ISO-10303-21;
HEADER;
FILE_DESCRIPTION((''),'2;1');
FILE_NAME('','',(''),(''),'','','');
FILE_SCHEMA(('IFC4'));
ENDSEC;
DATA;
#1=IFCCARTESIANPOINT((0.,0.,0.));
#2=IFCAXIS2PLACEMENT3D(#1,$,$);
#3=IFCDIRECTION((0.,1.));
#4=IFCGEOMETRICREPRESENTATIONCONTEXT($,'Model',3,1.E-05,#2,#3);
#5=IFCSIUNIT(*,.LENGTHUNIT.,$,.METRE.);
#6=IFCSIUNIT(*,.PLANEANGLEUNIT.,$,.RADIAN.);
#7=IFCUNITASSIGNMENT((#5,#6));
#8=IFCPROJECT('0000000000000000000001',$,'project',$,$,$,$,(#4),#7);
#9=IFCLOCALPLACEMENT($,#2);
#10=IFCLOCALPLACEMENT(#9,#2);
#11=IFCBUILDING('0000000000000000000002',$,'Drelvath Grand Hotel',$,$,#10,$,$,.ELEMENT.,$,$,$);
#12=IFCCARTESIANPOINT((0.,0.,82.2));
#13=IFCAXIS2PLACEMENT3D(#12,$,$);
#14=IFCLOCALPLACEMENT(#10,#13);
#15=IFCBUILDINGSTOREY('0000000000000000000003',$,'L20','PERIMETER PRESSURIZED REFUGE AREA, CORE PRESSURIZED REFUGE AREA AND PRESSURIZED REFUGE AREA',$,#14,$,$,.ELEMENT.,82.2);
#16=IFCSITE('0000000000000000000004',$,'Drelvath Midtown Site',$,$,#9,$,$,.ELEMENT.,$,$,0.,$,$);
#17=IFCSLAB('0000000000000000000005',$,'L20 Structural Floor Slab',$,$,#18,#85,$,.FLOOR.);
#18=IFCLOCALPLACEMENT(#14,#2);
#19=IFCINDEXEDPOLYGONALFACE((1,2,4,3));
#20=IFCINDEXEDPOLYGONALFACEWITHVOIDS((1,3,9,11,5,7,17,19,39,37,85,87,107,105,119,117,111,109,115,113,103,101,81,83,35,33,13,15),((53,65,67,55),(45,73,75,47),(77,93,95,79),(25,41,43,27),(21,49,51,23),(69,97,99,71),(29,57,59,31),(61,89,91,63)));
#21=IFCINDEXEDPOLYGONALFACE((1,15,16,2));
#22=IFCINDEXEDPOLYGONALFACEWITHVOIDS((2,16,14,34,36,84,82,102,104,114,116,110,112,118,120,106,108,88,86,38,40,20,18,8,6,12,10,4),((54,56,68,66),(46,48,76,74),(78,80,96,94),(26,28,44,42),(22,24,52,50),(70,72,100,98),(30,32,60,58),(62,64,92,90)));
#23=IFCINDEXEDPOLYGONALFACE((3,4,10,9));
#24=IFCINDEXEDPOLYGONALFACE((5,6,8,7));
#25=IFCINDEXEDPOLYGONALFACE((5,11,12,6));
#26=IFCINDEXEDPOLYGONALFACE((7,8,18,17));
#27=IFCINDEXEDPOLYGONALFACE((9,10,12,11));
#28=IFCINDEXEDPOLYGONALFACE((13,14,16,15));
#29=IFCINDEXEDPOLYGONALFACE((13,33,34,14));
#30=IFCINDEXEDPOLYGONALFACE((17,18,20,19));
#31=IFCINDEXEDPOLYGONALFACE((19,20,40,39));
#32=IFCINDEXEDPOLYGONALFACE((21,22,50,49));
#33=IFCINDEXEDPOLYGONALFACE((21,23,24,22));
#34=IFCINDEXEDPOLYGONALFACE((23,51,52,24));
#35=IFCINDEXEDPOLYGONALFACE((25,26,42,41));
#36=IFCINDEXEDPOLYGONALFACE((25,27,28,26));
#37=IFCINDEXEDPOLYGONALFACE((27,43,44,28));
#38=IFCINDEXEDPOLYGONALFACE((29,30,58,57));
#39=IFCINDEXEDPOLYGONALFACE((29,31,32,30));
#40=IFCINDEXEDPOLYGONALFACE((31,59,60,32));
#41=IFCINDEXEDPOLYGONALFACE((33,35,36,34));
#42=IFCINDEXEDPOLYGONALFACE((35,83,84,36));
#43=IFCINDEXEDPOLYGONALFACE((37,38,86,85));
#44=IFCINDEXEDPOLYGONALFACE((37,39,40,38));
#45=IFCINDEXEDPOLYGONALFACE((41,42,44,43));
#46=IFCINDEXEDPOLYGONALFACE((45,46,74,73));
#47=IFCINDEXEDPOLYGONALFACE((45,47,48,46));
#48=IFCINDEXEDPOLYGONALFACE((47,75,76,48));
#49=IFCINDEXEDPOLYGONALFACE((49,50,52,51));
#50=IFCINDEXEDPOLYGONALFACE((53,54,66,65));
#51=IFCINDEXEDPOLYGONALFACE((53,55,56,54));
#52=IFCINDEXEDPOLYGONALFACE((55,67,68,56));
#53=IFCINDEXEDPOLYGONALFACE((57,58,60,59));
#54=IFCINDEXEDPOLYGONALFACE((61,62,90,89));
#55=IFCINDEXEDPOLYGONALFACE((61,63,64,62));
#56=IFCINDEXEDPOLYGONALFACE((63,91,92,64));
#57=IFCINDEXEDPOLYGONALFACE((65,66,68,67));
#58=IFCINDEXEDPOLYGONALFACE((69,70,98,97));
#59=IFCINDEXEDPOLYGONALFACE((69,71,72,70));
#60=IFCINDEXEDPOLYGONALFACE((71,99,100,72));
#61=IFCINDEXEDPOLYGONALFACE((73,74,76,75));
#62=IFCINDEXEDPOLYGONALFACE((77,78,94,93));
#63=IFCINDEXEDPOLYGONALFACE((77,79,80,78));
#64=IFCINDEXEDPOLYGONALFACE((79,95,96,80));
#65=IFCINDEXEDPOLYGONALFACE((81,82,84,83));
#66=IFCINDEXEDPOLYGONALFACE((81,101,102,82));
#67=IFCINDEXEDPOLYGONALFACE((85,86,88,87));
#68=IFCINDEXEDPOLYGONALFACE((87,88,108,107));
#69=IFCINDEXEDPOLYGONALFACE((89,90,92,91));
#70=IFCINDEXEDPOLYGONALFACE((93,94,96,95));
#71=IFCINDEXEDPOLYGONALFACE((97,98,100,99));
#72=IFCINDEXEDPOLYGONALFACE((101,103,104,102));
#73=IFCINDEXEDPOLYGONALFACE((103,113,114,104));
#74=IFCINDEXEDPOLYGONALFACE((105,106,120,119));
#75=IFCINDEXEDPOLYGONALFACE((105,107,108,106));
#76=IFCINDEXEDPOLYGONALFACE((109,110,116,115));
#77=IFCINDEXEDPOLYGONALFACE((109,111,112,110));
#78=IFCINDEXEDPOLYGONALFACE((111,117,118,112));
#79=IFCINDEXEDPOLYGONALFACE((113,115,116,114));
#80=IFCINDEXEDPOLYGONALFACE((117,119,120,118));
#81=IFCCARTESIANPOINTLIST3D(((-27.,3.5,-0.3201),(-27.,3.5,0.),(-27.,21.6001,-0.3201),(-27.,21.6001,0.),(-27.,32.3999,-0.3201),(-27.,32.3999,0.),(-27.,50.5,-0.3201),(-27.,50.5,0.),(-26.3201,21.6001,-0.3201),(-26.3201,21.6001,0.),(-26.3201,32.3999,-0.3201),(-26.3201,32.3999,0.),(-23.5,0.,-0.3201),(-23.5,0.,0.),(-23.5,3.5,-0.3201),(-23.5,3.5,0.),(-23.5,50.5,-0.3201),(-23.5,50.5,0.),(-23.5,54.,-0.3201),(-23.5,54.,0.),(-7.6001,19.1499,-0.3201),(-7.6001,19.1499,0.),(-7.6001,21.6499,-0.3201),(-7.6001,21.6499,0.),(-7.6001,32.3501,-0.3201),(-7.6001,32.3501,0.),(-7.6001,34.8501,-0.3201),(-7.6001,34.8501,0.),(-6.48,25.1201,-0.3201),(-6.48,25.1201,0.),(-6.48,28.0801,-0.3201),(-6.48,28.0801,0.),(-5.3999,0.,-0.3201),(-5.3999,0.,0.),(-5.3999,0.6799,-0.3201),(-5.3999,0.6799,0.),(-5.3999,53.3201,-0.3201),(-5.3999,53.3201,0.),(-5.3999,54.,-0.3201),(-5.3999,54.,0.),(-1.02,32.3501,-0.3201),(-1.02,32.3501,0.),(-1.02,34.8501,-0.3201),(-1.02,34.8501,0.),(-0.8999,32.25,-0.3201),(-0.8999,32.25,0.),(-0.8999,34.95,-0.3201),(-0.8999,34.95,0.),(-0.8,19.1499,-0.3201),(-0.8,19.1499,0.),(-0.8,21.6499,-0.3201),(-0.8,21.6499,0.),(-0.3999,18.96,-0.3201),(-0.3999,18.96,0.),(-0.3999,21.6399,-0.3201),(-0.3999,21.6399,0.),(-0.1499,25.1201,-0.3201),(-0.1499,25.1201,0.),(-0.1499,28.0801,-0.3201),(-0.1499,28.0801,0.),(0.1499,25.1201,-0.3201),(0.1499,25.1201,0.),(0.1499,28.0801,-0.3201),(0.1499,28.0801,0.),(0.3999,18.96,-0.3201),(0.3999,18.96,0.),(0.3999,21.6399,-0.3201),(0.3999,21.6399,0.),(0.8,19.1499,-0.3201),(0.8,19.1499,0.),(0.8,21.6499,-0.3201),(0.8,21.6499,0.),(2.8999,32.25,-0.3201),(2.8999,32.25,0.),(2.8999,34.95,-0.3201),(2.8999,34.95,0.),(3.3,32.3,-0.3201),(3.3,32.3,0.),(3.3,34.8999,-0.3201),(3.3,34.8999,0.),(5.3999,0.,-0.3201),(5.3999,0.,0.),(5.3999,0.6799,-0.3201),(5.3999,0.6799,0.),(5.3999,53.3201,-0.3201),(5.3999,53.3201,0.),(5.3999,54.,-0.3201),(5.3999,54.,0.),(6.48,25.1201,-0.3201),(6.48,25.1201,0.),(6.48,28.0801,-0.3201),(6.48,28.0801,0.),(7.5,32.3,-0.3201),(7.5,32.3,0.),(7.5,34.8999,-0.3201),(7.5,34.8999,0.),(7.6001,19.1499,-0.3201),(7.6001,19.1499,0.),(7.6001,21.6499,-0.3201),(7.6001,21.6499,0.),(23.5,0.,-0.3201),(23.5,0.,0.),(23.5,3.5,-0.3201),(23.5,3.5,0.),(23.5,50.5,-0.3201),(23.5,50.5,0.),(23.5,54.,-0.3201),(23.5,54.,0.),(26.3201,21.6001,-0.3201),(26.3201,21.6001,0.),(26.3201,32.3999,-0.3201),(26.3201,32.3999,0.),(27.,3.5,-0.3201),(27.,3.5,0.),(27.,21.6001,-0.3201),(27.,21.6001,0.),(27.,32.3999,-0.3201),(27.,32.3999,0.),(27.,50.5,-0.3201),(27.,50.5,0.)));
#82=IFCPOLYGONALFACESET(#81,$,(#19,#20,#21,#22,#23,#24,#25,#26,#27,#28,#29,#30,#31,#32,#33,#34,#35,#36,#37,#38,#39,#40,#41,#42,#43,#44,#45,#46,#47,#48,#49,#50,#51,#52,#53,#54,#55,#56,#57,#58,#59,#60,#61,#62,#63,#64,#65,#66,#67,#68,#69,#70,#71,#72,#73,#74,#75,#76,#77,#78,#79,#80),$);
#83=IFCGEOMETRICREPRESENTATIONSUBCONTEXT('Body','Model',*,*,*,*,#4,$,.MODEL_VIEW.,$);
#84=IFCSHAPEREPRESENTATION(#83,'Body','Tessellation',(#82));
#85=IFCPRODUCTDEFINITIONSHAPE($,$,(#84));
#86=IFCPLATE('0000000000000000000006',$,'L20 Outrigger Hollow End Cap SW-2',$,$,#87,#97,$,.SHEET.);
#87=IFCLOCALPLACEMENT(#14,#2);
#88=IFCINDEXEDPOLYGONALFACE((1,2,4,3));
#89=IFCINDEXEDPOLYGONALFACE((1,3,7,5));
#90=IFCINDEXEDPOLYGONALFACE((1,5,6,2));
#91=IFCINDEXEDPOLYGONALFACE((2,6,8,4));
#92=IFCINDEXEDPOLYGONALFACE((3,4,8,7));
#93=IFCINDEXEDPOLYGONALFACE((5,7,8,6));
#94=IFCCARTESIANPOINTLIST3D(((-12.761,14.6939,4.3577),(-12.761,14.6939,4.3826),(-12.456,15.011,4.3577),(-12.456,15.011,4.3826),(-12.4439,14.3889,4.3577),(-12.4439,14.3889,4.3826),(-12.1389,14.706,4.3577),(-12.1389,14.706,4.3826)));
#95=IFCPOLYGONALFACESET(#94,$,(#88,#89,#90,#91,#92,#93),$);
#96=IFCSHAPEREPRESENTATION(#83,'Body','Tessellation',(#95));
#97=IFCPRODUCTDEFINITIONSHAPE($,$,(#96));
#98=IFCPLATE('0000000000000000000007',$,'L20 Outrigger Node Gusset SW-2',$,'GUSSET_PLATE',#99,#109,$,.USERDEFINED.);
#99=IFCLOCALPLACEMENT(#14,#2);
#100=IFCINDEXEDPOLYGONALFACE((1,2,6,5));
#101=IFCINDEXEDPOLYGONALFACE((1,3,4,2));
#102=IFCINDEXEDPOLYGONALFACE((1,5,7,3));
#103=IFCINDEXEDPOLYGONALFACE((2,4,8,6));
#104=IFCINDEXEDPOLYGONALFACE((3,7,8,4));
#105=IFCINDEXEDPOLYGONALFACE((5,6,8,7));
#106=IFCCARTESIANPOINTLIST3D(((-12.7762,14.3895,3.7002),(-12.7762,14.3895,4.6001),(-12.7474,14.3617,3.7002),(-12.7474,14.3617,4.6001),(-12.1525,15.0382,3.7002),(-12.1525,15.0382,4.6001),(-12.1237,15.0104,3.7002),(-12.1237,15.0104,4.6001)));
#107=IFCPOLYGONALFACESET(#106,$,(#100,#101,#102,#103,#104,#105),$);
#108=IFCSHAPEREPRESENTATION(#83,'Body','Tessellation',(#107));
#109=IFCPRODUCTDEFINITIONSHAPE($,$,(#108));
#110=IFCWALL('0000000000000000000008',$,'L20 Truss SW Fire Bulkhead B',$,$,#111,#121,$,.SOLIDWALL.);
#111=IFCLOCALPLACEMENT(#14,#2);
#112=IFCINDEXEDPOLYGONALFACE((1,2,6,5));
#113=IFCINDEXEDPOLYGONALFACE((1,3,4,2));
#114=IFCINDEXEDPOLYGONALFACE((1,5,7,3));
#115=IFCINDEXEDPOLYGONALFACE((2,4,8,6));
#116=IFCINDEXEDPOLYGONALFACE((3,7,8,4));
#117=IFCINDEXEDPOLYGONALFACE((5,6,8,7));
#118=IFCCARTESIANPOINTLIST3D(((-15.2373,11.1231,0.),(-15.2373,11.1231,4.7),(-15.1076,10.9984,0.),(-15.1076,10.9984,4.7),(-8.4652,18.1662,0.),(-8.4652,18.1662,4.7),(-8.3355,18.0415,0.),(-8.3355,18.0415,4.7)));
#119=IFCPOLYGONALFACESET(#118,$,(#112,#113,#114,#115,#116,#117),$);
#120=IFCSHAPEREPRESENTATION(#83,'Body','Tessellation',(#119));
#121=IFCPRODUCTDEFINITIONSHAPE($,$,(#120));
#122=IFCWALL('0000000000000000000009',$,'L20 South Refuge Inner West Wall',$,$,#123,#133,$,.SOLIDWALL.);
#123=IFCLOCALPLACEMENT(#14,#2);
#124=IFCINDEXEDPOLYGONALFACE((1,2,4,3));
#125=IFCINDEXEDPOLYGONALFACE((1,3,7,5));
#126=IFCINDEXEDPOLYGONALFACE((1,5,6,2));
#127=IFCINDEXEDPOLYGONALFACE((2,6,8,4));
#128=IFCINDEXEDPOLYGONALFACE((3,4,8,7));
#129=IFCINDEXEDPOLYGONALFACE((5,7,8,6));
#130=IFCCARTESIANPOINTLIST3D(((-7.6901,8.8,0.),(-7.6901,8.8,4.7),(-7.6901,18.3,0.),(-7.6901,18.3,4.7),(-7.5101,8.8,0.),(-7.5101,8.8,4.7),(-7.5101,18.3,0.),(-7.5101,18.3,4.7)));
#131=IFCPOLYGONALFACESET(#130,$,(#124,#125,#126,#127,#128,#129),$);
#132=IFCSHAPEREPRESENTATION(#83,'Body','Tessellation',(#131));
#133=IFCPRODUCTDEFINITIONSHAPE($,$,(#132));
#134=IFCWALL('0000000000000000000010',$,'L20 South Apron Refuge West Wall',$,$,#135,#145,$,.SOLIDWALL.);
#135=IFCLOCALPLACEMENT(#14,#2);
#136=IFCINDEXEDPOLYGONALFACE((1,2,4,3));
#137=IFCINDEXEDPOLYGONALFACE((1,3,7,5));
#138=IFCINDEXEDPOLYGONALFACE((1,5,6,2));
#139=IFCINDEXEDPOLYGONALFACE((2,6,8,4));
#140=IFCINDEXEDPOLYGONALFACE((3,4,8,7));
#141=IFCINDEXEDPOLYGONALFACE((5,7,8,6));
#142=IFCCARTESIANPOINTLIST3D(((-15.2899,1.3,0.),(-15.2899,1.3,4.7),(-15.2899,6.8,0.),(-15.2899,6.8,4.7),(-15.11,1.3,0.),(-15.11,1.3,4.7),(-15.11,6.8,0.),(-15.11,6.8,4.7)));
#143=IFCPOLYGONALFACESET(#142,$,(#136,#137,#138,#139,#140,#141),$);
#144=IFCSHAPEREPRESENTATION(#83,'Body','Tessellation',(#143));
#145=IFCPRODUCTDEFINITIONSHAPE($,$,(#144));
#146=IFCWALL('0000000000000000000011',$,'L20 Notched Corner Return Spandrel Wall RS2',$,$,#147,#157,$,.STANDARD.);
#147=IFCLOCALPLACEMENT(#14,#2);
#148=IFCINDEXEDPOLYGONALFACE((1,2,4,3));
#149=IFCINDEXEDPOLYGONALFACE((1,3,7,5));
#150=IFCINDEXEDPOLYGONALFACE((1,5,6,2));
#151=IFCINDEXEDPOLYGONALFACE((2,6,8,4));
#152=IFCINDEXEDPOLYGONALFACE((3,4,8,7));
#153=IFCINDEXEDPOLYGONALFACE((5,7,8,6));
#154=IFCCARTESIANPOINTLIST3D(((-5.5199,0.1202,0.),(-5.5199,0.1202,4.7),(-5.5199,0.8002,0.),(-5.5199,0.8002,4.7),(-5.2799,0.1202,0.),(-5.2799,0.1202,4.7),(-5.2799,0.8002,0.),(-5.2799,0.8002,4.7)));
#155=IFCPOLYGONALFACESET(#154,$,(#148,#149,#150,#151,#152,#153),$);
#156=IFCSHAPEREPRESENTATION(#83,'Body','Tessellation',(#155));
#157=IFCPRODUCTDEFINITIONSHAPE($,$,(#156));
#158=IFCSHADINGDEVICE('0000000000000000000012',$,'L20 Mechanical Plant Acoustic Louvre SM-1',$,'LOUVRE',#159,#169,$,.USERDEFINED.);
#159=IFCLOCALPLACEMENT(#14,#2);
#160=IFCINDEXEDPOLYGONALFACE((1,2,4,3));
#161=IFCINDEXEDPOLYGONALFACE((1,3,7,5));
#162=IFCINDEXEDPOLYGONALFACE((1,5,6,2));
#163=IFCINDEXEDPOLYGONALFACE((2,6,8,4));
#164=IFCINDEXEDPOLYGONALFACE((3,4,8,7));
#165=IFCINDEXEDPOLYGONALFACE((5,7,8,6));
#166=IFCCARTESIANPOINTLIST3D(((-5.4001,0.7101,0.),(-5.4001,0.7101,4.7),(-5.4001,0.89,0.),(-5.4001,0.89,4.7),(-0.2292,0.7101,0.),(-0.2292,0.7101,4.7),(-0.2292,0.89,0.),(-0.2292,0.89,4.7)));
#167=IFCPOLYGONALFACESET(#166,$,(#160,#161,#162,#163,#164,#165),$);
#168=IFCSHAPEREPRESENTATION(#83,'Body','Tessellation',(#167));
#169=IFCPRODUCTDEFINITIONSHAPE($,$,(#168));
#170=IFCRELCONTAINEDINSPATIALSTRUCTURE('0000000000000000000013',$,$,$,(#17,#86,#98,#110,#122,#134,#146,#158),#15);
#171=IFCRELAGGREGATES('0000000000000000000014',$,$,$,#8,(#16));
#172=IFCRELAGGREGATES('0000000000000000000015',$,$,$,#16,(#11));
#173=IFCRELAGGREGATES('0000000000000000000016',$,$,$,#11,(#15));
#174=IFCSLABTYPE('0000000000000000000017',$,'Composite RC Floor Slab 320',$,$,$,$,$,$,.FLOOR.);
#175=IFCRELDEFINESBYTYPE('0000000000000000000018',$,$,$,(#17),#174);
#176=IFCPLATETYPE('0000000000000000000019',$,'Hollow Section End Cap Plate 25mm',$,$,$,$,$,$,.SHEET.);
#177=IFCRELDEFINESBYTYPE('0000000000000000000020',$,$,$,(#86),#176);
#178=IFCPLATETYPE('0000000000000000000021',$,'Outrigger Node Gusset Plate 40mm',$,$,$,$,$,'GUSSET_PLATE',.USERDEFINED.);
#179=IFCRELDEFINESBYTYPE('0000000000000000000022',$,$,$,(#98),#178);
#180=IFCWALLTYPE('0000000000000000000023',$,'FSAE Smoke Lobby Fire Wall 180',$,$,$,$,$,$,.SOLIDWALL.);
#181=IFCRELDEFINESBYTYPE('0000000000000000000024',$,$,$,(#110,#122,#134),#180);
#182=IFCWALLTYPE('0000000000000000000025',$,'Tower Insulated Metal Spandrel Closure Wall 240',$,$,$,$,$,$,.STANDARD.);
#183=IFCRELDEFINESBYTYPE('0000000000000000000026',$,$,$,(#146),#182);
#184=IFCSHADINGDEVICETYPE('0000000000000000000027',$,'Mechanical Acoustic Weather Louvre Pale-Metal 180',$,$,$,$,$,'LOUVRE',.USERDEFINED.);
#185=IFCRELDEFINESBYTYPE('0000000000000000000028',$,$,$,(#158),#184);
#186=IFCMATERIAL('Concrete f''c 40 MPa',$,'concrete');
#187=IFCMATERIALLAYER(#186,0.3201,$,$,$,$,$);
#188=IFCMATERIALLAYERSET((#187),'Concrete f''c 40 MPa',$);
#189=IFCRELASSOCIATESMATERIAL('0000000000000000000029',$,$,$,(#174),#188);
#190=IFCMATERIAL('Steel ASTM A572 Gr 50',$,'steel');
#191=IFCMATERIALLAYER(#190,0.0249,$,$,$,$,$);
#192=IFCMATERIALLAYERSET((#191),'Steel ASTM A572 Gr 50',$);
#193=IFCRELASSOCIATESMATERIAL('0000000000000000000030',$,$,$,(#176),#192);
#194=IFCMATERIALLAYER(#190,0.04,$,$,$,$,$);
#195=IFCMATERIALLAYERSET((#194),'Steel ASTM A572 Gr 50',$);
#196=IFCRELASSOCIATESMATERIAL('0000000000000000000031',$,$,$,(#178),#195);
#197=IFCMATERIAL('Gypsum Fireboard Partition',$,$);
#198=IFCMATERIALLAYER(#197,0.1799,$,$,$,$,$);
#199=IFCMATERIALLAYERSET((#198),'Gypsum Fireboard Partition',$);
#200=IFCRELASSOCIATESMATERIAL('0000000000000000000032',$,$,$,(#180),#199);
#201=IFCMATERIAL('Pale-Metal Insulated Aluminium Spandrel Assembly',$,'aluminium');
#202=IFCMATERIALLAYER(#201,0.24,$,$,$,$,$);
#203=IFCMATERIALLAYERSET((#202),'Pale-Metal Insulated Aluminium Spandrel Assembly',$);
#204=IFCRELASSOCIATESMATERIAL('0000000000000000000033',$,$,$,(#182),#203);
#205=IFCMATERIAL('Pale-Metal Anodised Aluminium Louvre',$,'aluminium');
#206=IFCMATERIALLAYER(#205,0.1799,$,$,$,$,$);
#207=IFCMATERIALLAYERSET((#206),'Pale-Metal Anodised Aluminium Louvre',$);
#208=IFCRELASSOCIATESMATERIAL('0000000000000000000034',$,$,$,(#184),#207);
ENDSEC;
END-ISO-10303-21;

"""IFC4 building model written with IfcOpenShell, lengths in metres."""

from ifc_helpers import new_model, si_unit, direction, frame, frame_2d, origin, origin_2d, place, context, subcontext, project, spatial, polyline, rectangle, outline, extrude, material, layer, layer_set, type_object, element, save


model = new_model("IFC4")

# Units and contexts
model_context = context("Model", 3, precision=1e-05, world=origin(), true_north=direction((0.0, 1.0)))
body_context = subcontext(model_context, "Body", "Model", "MODEL_VIEW")
ifc_project = project(units=[si_unit("LENGTHUNIT", "METRE"), si_unit("PLANEANGLEUNIT", "RADIAN")], contexts=[model_context])

# Site, building, storey
site_placement = place(None, origin())
site = spatial("IfcSite", under=ifc_project, at=site_placement, Name="Drelvath Midtown Site", CompositionType="ELEMENT", RefElevation=0.0)
building_placement = place(site_placement, origin())
building = spatial("IfcBuilding", under=site, at=building_placement, Name="Drelvath Grand Hotel", CompositionType="ELEMENT")
storey_placement = place(building_placement, frame((0.0, 0.0, 82.2)))
storey = spatial("IfcBuildingStorey", under=building, at=storey_placement, Name="L20", Description="PERIMETER PRESSURIZED REFUGE AREA, CORE PRESSURIZED REFUGE AREA AND PRESSURIZED REFUGE AREA", CompositionType="ELEMENT", Elevation=82.2)

# Shared definitions
ifc_material_1 = material(Name="Steel ASTM A572 Gr 50", Category="steel")

# Slab
ifc_material_2 = material(Name="Concrete f'c 40 MPa", Category="concrete")
ifc_layer_1 = layer(ifc_material_2, 0.3201)
ifc_layer_set_1 = layer_set([ifc_layer_1], Name="Concrete f'c 40 MPa")
slab_type = type_object("IfcSlabType", Name="Composite RC Floor Slab 320", PredefinedType="FLOOR", material=ifc_layer_set_1)
slab_placement = place(storey_placement, frame((0.0, 0.0, -0.3201)))
element("IfcSlab", 1, at=slab_placement, inside=storey, type_object=slab_type, Name="L20 Structural Floor Slab", PredefinedType="FLOOR", context=body_context, shape_type="SweptSolid", body=[
    extrude(outline(polyline([(-23.5, 0.0), (-5.3999, 0.0), (-5.3999, 0.6799), (5.3999, 0.6799), (5.3999, 0.0), (23.5, 0.0), (23.5, 3.5), (27.0, 3.5), (27.0, 21.6001), (26.3201, 21.6001), (26.3201, 32.3999), (27.0, 32.3999), (27.0, 50.5), (23.5, 50.5), (23.5, 54.0), (5.3999, 54.0), (5.3999, 53.3201), (-5.3999, 53.3201), (-5.3999, 54.0), (-23.5, 54.0), (-23.5, 50.5), (-27.0, 50.5), (-27.0, 32.3999), (-26.3201, 32.3999), (-26.3201, 21.6001), (-27.0, 21.6001), (-27.0, 3.5), (-23.5, 3.5), (-23.5, 0.0)]), holes=[polyline([(-6.48, 25.1201), (-6.48, 28.0801), (-0.1499, 28.0801), (-0.1499, 25.1201), (-6.48, 25.1201)]), polyline([(0.1499, 25.1201), (0.1499, 28.0801), (6.48, 28.0801), (6.48, 25.1201), (0.1499, 25.1201)]), polyline([(-7.6001, 19.1499), (-7.6001, 21.6499), (-0.8, 21.6499), (-0.8, 19.1499), (-7.6001, 19.1499)]), polyline([(-0.3999, 18.96), (-0.3999, 21.6399), (0.3999, 21.6399), (0.3999, 18.96), (-0.3999, 18.96)]), polyline([(0.8, 19.1499), (0.8, 21.6499), (7.6001, 21.6499), (7.6001, 19.1499), (0.8, 19.1499)]), polyline([(-7.6001, 32.3501), (-7.6001, 34.8501), (-1.02, 34.8501), (-1.02, 32.3501), (-7.6001, 32.3501)]), polyline([(-0.8999, 32.25), (-0.8999, 34.95), (2.8999, 34.95), (2.8999, 32.25), (-0.8999, 32.25)]), polyline([(3.3, 32.3), (3.3, 34.8999), (7.5, 34.8999), (7.5, 32.3), (3.3, 32.3)])]), origin(), (0.0, 0.0, 1.0), 0.3201),
])

# Plates
ifc_layer_2 = layer(ifc_material_1, 0.0249)
ifc_layer_set_2 = layer_set([ifc_layer_2], Name="Steel ASTM A572 Gr 50")
plate_type_1 = type_object("IfcPlateType", Name="Hollow Section End Cap Plate 25mm", PredefinedType="SHEET", material=ifc_layer_set_2)
plate_1_placement = place(storey_placement, frame((-12.45, 14.7, 4.3577), z_axis=(0.0, 0.0, 1.0), x_axis=(-0.693109, -0.720833, 0.0)))
element("IfcPlate", 2, at=plate_1_placement, inside=storey, type_object=plate_type_1, Name="L20 Outrigger Hollow End Cap SW-2", PredefinedType="SHEET", context=body_context, shape_type="SweptSolid", body=[
    extrude(rectangle(XDim=0.4399, YDim=0.4399, at=origin_2d()), origin(), (0.0, 0.0, 1.0), 0.0249),
])
ifc_layer_3 = layer(ifc_material_1, 0.04)
ifc_layer_set_3 = layer_set([ifc_layer_3], Name="Steel ASTM A572 Gr 50")
plate_type_2 = type_object("IfcPlateType", Name="Outrigger Node Gusset Plate 40mm", ElementType="GUSSET_PLATE", PredefinedType="USERDEFINED", material=ifc_layer_set_3)
plate_2_placement = place(storey_placement, frame((-12.45, 14.7, 3.7002), z_axis=(0.0, 0.0, 1.0), x_axis=(-0.693109, -0.720833, 0.0)))
element("IfcPlate", 3, at=plate_2_placement, inside=storey, type_object=plate_type_2, Name="L20 Outrigger Node Gusset SW-2", ObjectType="GUSSET_PLATE", PredefinedType="USERDEFINED", context=body_context, shape_type="SweptSolid", body=[
    extrude(rectangle(XDim=0.8999, YDim=0.04, at=origin_2d()), origin(), (0.0, 0.0, 1.0), 0.8999),
])

# Walls
ifc_material_3 = material(Name="Gypsum Fireboard Partition")
ifc_layer_4 = layer(ifc_material_3, 0.1799)
ifc_layer_set_4 = layer_set([ifc_layer_4], Name="Gypsum Fireboard Partition")
wall_type_1 = type_object("IfcWallType", Name="FSAE Smoke Lobby Fire Wall 180", PredefinedType="SOLIDWALL", material=ifc_layer_set_4)
wall_1_placement = place(storey_placement, frame((-8.4004, 18.1038, 0.0), z_axis=(0.0, 0.0, 1.0), x_axis=(-0.693103, -0.720838, 0.0)))
element("IfcWall", 4, at=wall_1_placement, inside=storey, type_object=wall_type_1, Name="L20 Truss SW Fire Bulkhead B", PredefinedType="SOLIDWALL", context=body_context, shape_type="SweptSolid", body=[
    extrude(rectangle(XDim=9.7708, YDim=0.1799, at=frame_2d((4.8853, 0.0))), origin(), (0.0, 0.0, 1.0), 4.7),
])
wall_2_placement = place(storey_placement, frame((-7.6001, 8.8, 0.0), z_axis=(0.0, 0.0, 1.0), x_axis=(0.0, 1.0, 0.0)))
element("IfcWall", 5, at=wall_2_placement, inside=storey, type_object=wall_type_1, Name="L20 South Refuge Inner West Wall", PredefinedType="SOLIDWALL", context=body_context, shape_type="SweptSolid", body=[
    extrude(rectangle(XDim=9.5, YDim=0.1799, at=frame_2d((4.75, 0.0))), origin(), (0.0, 0.0, 1.0), 4.7),
])
wall_3_placement = place(storey_placement, frame((-15.2, 1.3, 0.0), z_axis=(0.0, 0.0, 1.0), x_axis=(0.0, 1.0, 0.0)))
element("IfcWall", 6, at=wall_3_placement, inside=storey, type_object=wall_type_1, Name="L20 South Apron Refuge West Wall", PredefinedType="SOLIDWALL", context=body_context, shape_type="SweptSolid", body=[
    extrude(rectangle(XDim=5.5, YDim=0.1799, at=frame_2d((2.75, 0.0))), origin(), (0.0, 0.0, 1.0), 4.7),
])
ifc_material_4 = material(Name="Pale-Metal Insulated Aluminium Spandrel Assembly", Category="aluminium")
ifc_layer_5 = layer(ifc_material_4, 0.24)
ifc_layer_set_5 = layer_set([ifc_layer_5], Name="Pale-Metal Insulated Aluminium Spandrel Assembly")
wall_type_2 = type_object("IfcWallType", Name="Tower Insulated Metal Spandrel Closure Wall 240", PredefinedType="STANDARD", material=ifc_layer_set_5)
wall_4_placement = place(storey_placement, frame((-5.3999, 0.8, 0.0), z_axis=(0.0, 0.0, 1.0), x_axis=(0.0, -1.0, 0.0)))
element("IfcWall", 7, at=wall_4_placement, inside=storey, type_object=wall_type_2, Name="L20 Notched Corner Return Spandrel Wall RS2", PredefinedType="STANDARD", context=body_context, shape_type="SweptSolid", body=[
    extrude(rectangle(XDim=0.6799, YDim=0.24, at=frame_2d((0.3398, 0.0))), origin(), (0.0, 0.0, 1.0), 4.7),
])

# Shading device
ifc_material_5 = material(Name="Pale-Metal Anodised Aluminium Louvre", Category="aluminium")
ifc_layer_6 = layer(ifc_material_5, 0.1799)
ifc_layer_set_6 = layer_set([ifc_layer_6], Name="Pale-Metal Anodised Aluminium Louvre")
shading_device_type = type_object("IfcShadingDeviceType", Name="Mechanical Acoustic Weather Louvre Pale-Metal 180", ElementType="LOUVRE", PredefinedType="USERDEFINED", material=ifc_layer_set_6)
shading_device_1_placement = place(storey_placement, frame((-2.8147, 0.8, 0.0), z_axis=(0.0, 0.0, 1.0), x_axis=(1.0, 0.0, 0.0)))
element("IfcShadingDevice", 8, at=shading_device_1_placement, inside=storey, type_object=shading_device_type, Name="L20 Mechanical Plant Acoustic Louvre SM-1", ObjectType="LOUVRE", PredefinedType="USERDEFINED", context=body_context, shape_type="SweptSolid", body=[
    extrude(rectangle(XDim=5.1709, YDim=0.1799, at=origin_2d()), origin(), (0.0, 0.0, 1.0), 4.7),
])

save(model, "model.ifc")
